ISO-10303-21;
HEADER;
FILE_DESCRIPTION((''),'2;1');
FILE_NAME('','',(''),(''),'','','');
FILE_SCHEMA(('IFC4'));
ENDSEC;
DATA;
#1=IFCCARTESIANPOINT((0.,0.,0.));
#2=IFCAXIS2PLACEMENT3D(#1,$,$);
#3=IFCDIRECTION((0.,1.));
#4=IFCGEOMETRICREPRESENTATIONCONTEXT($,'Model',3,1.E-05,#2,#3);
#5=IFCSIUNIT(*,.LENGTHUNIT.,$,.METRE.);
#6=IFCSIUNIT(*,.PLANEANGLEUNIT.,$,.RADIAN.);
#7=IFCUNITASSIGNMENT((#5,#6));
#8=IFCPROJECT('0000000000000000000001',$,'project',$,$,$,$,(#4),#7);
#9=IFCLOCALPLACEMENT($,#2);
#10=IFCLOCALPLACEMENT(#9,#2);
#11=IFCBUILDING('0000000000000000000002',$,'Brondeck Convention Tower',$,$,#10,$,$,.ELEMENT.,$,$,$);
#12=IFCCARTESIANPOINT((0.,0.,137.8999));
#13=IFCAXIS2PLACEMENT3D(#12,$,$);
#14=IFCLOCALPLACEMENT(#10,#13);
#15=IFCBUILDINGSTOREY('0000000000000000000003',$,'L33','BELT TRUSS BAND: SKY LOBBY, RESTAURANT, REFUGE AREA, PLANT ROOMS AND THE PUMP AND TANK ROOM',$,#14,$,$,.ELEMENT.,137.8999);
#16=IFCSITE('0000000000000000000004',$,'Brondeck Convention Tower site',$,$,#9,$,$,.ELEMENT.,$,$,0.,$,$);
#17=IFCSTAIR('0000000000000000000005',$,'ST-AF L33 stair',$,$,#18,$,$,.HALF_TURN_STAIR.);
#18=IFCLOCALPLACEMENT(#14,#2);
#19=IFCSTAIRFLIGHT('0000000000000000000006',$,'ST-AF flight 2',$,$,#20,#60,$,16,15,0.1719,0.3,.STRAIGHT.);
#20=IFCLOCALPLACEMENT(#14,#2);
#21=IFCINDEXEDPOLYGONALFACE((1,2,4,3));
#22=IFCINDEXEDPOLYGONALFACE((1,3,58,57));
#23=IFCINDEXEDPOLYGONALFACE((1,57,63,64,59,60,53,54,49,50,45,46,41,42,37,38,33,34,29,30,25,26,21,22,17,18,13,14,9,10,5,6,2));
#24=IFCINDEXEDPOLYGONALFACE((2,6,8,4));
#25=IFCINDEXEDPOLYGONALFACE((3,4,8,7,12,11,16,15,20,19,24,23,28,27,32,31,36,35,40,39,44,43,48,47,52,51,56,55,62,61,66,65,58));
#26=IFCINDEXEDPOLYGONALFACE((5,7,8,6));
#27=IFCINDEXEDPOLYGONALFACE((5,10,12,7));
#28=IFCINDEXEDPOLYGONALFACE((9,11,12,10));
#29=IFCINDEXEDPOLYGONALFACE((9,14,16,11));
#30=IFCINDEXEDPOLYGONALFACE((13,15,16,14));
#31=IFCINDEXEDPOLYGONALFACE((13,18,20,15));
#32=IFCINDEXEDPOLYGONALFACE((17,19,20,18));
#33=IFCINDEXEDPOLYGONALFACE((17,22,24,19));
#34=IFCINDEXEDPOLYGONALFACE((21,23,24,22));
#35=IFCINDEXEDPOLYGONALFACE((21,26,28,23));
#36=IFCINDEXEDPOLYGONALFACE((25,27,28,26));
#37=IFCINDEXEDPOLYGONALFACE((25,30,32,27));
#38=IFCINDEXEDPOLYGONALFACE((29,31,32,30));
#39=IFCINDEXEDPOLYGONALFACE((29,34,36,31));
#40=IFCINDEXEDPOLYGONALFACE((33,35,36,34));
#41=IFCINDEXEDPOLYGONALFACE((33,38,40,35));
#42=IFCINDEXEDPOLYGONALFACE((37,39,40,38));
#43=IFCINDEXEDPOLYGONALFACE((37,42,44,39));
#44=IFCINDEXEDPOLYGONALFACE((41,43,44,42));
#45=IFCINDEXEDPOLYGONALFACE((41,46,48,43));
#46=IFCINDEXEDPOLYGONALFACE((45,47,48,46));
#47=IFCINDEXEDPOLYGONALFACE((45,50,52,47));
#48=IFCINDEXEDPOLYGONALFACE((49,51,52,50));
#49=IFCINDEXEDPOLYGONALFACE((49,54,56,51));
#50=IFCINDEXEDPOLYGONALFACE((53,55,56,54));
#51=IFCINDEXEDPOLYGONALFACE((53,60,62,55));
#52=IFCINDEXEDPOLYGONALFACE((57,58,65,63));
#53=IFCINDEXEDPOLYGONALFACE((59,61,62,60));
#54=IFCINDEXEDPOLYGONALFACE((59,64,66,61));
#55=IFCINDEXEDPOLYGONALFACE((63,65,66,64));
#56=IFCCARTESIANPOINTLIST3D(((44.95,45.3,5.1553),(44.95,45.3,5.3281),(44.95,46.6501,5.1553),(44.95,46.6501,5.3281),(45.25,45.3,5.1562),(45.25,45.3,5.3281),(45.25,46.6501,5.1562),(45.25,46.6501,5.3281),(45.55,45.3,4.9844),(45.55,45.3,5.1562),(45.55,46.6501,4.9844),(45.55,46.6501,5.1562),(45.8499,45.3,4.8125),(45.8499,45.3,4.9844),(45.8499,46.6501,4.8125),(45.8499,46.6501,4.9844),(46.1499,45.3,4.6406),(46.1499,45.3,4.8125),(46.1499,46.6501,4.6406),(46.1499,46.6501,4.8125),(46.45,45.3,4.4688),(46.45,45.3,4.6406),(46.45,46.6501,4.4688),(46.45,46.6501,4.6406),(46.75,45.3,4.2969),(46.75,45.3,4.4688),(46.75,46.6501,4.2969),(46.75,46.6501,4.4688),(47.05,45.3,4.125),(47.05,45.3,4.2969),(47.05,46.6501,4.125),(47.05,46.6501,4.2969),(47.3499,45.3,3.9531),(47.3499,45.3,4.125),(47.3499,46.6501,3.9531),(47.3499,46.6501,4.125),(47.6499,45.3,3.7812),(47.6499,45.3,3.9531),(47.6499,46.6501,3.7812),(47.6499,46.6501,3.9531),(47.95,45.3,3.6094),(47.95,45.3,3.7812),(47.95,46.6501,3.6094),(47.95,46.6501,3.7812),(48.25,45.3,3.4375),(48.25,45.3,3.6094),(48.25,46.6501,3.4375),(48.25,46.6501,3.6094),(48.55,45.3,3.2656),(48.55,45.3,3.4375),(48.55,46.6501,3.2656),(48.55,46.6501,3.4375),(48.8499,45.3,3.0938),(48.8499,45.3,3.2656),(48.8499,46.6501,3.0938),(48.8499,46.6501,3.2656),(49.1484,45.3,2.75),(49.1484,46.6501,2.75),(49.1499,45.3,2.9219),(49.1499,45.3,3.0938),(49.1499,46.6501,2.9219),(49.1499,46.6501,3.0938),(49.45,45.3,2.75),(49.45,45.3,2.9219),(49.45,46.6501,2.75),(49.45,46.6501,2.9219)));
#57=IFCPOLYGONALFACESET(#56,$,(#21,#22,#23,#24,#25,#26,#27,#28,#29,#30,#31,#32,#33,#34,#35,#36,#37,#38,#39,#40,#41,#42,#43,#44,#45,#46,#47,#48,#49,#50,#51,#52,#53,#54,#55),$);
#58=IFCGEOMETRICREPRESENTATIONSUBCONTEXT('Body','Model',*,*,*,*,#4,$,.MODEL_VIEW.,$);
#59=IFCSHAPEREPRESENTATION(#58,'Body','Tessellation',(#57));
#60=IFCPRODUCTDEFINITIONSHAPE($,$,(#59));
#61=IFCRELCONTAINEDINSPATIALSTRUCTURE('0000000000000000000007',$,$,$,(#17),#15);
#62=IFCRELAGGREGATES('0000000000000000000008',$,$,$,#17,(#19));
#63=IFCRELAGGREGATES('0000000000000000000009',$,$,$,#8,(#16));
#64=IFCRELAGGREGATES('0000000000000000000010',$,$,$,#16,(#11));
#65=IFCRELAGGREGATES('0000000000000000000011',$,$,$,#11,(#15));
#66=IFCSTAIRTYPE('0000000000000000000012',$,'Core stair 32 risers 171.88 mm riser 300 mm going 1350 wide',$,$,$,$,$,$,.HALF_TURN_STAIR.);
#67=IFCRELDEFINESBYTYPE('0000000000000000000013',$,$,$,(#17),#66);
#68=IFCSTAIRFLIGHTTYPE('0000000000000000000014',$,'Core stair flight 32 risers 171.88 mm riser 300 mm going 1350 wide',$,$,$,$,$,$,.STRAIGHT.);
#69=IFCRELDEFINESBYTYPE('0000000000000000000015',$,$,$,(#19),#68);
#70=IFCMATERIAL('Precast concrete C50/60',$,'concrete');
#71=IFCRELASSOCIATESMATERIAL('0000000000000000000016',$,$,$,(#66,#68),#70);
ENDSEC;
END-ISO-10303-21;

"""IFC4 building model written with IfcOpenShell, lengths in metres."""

from ifc_helpers import new_model, si_unit, direction, frame, origin, place, context, subcontext, project, spatial, polyline, outline, extrude, material, type_object, element, aggregate, save


model = new_model("IFC4")

# Units and contexts
model_context = context("Model", 3, precision=1e-05, world=origin(), true_north=direction((0.0, 1.0)))
body_context = subcontext(model_context, "Body", "Model", "MODEL_VIEW")
ifc_project = project(units=[si_unit("LENGTHUNIT", "METRE"), si_unit("PLANEANGLEUNIT", "RADIAN")], contexts=[model_context])

# Site, building, storey
site_placement = place(None, origin())
site = spatial("IfcSite", under=ifc_project, at=site_placement, Name="Brondeck Convention Tower site", CompositionType="ELEMENT", RefElevation=0.0)
building_placement = place(site_placement, origin())
building = spatial("IfcBuilding", under=site, at=building_placement, Name="Brondeck Convention Tower", CompositionType="ELEMENT")
storey_placement = place(building_placement, frame((0.0, 0.0, 137.8999)))
storey = spatial("IfcBuildingStorey", under=building, at=storey_placement, Name="L33", Description="BELT TRUSS BAND: SKY LOBBY, RESTAURANT, REFUGE AREA, PLANT ROOMS AND THE PUMP AND TANK ROOM", CompositionType="ELEMENT", Elevation=137.8999)

# Shared definitions
ifc_material_1 = material(Name="Precast concrete C50/60", Category="concrete")

# Stair, stair flight
stair_type = type_object("IfcStairType", Name="Core stair 32 risers 171.88 mm riser 300 mm going 1350 wide", PredefinedType="HALF_TURN_STAIR", material=ifc_material_1)
stair_placement = place(storey_placement, origin())
stair = element("IfcStair", 1, at=stair_placement, inside=storey, type_object=stair_type, Name="ST-AF L33 stair", PredefinedType="HALF_TURN_STAIR")
stair_flight_type = type_object("IfcStairFlightType", Name="Core stair flight 32 risers 171.88 mm riser 300 mm going 1350 wide", PredefinedType="STRAIGHT", material=ifc_material_1)
stair_flight_placement = place(storey_placement, frame((49.45, 45.9751, 2.75), z_axis=(0.0, 0.0, 1.0), x_axis=(-1.0, 0.0, 0.0)))
stair_flight = element("IfcStairFlight", 2, at=stair_flight_placement, type_object=stair_flight_type, Name="ST-AF flight 2", NumberOfRisers=16, NumberOfTreads=15, PredefinedType="STRAIGHT", RiserHeight=0.1719, TreadLength=0.3, context=body_context, shape_type="SweptSolid", body=[
    extrude(outline(polyline([(0.0, 0.0), (0.0, 0.1719), (0.3, 0.1719), (0.3, 0.3438), (0.6001, 0.3438), (0.6001, 0.5156), (0.8999, 0.5156), (0.8999, 0.6875), (1.2, 0.6875), (1.2, 0.8594), (1.5, 0.8594), (1.5, 1.0312), (1.8, 1.0312), (1.8, 1.2031), (2.1001, 1.2031), (2.1001, 1.375), (2.3999, 1.375), (2.3999, 1.5469), (2.7, 1.5469), (2.7, 1.7188), (3.0, 1.7188), (3.0, 1.8906), (3.3, 1.8906), (3.3, 2.0625), (3.6001, 2.0625), (3.6001, 2.2344), (3.8999, 2.2344), (3.8999, 2.4062), (4.2, 2.4062), (4.2, 2.5781), (4.5, 2.5781), (4.5, 2.75), (4.5, 2.4053), (0.3015, 0.0), (0.0, 0.0)])), frame((0.0, 0.675, 0.0), z_axis=(0.0, -1.0, 0.0), x_axis=(1.0, 0.0, 0.0)), (0.0, 0.0, 1.0), 1.3501),
])
aggregate(stair, [stair_flight])

save(model, "model.ifc")
